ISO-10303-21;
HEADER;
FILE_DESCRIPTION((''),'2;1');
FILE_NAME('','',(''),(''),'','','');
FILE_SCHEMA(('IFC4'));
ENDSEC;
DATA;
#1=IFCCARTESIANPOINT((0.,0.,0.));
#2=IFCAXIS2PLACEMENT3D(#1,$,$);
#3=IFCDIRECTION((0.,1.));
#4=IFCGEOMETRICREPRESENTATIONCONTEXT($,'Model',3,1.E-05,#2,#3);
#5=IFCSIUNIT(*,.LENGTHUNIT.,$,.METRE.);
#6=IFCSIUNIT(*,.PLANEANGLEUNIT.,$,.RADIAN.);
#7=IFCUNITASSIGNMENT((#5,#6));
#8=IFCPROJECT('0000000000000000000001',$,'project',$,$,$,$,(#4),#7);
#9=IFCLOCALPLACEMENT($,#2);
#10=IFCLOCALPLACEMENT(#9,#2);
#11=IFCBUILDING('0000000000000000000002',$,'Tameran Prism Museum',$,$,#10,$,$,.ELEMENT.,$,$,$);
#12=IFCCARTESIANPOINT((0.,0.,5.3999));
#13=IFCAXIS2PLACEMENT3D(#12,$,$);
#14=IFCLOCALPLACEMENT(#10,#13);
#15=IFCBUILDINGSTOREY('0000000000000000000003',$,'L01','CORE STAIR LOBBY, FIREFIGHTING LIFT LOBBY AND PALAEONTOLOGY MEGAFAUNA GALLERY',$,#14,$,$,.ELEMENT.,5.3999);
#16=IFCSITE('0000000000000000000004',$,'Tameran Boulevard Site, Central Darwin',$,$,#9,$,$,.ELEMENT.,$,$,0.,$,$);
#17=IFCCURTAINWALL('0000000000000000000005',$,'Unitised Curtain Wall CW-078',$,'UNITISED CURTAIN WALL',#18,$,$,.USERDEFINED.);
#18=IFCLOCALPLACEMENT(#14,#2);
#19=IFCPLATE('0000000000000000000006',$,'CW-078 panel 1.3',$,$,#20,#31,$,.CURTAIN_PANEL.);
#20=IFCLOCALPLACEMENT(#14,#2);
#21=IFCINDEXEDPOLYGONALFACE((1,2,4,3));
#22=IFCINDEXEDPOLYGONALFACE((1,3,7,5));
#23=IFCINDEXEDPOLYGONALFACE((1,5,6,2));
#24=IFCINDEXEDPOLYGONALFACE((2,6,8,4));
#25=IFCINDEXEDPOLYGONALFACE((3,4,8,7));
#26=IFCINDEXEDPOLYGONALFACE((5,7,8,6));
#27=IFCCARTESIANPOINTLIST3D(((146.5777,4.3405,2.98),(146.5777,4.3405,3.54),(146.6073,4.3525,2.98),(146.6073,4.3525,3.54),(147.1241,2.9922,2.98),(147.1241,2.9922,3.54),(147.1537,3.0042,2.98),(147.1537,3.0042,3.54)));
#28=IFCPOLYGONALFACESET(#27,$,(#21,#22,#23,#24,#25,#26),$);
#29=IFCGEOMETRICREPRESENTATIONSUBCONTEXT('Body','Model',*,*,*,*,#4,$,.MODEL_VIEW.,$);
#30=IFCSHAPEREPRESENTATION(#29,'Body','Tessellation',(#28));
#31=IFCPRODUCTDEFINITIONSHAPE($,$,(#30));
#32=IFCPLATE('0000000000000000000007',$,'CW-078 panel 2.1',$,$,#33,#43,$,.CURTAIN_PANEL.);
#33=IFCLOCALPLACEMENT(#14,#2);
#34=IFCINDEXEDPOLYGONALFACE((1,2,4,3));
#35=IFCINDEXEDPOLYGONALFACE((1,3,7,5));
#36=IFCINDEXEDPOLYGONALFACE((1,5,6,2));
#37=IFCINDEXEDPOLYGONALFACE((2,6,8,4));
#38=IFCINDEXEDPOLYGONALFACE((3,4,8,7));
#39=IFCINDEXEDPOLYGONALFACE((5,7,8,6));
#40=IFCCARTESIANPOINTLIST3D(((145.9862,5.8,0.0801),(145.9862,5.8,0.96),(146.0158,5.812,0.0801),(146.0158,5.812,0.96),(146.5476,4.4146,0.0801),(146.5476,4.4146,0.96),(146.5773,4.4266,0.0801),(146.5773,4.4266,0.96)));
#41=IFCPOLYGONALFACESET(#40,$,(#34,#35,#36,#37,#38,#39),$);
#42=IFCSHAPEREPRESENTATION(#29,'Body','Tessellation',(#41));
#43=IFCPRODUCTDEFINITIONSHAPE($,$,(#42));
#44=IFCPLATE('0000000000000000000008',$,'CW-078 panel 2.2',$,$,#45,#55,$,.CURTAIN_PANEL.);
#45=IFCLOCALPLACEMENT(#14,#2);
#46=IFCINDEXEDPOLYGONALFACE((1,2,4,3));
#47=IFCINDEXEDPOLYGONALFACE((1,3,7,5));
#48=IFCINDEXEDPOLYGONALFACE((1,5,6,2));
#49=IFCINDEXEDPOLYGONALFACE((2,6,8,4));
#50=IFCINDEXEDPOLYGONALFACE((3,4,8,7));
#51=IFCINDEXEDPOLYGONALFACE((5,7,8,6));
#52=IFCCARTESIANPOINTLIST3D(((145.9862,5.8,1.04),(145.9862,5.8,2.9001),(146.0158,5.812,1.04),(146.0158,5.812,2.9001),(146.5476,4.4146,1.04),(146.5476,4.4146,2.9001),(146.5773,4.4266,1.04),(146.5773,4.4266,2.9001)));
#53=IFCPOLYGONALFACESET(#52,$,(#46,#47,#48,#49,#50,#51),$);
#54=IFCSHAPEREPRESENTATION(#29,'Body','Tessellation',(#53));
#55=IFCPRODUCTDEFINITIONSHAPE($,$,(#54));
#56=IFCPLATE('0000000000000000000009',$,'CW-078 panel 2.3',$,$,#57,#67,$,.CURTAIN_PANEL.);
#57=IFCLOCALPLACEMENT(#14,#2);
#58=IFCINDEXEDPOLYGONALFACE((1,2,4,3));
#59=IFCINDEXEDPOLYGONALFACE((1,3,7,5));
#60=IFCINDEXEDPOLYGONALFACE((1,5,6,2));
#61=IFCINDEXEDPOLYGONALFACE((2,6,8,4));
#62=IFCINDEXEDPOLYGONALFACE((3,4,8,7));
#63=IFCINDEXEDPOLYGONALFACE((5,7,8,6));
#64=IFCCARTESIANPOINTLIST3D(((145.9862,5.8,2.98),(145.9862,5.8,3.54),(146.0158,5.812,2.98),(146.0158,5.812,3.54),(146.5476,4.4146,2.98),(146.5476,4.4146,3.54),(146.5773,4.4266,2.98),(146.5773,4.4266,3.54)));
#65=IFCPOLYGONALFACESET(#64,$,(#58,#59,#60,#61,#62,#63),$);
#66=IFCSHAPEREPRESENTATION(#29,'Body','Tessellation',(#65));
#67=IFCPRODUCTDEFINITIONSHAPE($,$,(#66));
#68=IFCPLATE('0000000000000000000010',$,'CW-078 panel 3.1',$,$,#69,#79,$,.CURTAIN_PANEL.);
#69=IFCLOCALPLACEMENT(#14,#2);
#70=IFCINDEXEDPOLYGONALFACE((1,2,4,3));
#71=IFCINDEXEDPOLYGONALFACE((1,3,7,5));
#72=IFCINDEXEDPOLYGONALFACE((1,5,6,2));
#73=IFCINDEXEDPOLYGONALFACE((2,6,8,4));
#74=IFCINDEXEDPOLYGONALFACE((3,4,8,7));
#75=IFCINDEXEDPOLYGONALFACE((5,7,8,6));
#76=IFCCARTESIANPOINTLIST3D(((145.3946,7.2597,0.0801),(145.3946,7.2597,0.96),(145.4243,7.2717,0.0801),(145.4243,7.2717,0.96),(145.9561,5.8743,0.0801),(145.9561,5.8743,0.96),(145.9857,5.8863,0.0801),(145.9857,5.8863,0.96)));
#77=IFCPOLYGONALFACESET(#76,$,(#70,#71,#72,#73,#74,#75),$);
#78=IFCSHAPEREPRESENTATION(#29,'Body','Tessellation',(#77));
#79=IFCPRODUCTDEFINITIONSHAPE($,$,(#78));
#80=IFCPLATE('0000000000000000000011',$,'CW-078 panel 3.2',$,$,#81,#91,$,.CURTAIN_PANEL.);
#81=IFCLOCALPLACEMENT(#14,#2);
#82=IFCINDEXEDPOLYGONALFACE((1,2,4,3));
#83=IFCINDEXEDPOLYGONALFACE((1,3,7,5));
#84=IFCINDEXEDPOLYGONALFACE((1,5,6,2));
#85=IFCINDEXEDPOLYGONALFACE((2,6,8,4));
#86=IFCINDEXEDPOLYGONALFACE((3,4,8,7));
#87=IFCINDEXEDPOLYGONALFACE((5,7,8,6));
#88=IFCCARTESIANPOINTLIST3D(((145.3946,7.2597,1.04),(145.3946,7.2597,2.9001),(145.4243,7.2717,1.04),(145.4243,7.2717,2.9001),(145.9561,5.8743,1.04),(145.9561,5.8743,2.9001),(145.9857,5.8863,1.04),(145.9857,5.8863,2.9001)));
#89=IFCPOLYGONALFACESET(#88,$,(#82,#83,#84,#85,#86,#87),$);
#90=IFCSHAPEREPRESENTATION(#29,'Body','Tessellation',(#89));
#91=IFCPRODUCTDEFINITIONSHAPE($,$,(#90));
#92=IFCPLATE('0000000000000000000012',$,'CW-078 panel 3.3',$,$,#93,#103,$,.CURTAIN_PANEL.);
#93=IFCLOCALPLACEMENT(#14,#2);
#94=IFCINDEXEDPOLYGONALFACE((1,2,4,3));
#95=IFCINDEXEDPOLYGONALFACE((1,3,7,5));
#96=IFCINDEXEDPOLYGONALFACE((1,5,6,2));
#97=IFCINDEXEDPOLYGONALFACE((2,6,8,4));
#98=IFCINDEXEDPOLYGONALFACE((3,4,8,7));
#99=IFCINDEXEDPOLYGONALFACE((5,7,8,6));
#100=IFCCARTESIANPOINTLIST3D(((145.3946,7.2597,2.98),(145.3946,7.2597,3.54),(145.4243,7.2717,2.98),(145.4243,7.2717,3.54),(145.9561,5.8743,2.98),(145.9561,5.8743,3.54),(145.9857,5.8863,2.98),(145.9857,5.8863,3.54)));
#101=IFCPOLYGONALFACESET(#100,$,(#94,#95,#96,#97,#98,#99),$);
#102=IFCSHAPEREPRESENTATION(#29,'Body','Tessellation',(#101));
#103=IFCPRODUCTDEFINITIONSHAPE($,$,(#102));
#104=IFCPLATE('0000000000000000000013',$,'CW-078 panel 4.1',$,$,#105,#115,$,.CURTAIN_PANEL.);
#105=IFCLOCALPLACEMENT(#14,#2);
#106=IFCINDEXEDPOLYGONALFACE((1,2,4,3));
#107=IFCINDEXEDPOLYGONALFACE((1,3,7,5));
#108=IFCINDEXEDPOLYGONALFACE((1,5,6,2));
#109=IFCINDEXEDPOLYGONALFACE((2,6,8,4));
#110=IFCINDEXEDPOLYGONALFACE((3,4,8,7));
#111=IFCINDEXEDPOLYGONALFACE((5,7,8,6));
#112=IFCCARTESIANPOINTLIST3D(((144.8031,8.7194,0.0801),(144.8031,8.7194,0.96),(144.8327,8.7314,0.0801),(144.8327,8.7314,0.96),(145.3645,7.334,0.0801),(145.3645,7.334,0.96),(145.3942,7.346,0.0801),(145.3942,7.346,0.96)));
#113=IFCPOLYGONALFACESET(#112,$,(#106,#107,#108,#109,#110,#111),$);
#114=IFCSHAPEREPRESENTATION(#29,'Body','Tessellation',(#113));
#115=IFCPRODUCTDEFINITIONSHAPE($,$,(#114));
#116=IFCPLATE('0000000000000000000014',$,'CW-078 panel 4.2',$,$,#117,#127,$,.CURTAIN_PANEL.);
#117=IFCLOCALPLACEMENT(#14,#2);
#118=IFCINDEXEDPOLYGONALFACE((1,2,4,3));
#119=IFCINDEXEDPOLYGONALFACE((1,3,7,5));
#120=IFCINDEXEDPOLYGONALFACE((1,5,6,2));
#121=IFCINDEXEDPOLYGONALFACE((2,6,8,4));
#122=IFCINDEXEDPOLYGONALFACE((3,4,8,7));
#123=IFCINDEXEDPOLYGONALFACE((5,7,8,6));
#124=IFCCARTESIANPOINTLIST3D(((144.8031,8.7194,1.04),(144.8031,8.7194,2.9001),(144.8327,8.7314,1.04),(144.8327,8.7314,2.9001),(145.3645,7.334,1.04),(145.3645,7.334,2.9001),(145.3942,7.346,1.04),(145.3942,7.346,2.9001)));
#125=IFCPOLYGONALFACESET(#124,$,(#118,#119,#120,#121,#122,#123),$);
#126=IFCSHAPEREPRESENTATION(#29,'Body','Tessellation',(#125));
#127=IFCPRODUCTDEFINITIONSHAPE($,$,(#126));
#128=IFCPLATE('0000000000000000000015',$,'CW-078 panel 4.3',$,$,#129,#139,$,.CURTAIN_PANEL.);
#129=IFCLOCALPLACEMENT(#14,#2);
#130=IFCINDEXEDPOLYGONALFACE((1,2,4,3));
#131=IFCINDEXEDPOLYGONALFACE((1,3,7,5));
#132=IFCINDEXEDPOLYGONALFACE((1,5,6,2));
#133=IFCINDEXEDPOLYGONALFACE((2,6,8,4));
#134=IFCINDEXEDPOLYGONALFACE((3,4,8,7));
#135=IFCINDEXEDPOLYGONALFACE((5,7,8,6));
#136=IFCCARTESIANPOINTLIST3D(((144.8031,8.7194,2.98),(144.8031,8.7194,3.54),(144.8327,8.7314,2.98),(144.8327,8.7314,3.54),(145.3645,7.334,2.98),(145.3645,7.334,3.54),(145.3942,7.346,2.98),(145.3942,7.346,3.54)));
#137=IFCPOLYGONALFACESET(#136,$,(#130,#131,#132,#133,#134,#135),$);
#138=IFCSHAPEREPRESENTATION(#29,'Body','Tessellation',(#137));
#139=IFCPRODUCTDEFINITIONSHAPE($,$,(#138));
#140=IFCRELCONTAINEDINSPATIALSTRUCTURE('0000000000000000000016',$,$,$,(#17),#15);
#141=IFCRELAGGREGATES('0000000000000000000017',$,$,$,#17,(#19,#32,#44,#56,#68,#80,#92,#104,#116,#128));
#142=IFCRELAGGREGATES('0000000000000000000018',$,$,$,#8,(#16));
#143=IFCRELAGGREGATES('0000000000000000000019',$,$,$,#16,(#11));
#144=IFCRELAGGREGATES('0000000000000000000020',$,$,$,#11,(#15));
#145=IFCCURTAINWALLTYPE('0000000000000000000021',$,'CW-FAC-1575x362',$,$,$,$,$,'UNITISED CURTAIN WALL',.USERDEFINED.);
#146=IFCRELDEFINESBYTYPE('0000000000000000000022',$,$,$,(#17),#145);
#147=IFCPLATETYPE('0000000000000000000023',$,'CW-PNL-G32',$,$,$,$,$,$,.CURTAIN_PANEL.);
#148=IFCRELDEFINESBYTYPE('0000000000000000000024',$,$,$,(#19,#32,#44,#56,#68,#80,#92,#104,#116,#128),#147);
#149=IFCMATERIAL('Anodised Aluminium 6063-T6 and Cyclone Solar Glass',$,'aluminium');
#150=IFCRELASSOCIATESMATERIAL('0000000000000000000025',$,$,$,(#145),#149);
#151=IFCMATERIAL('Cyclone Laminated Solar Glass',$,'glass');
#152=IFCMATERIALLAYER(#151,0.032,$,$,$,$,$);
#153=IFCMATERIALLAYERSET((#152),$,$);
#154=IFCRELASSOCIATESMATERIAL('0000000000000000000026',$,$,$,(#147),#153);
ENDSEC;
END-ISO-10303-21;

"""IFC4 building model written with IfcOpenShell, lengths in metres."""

from ifc_helpers import new_model, si_unit, direction, frame, origin, origin_2d, place, context, subcontext, project, spatial, rectangle, extrude, material, layer, layer_set, type_object, element, aggregate, save


model = new_model("IFC4")

# Units and contexts
model_context = context("Model", 3, precision=1e-05, world=origin(), true_north=direction((0.0, 1.0)))
body_context = subcontext(model_context, "Body", "Model", "MODEL_VIEW")
ifc_project = project(units=[si_unit("LENGTHUNIT", "METRE"), si_unit("PLANEANGLEUNIT", "RADIAN")], contexts=[model_context])

# Site, building, storey
site_placement = place(None, origin())
site = spatial("IfcSite", under=ifc_project, at=site_placement, Name="Tameran Boulevard Site, Central Darwin", CompositionType="ELEMENT", RefElevation=0.0)
building_placement = place(site_placement, origin())
building = spatial("IfcBuilding", under=site, at=building_placement, Name="Tameran Prism Museum", CompositionType="ELEMENT")
storey_placement = place(building_placement, frame((0.0, 0.0, 5.3999)))
storey = spatial("IfcBuildingStorey", under=building, at=storey_placement, Name="L01", Description="CORE STAIR LOBBY, FIREFIGHTING LIFT LOBBY AND PALAEONTOLOGY MEGAFAUNA GALLERY", CompositionType="ELEMENT", Elevation=5.3999)

# Curtain wall, plates
ifc_material_1 = material(Name="Anodised Aluminium 6063-T6 and Cyclone Solar Glass", Category="aluminium")
curtain_wall_type = type_object("IfcCurtainWallType", Name="CW-FAC-1575x362", ElementType="UNITISED CURTAIN WALL", PredefinedType="USERDEFINED", material=ifc_material_1)
curtain_wall_placement = place(storey_placement, origin())
curtain_wall = element("IfcCurtainWall", 1, at=curtain_wall_placement, inside=storey, type_object=curtain_wall_type, Name="Unitised Curtain Wall CW-078", ObjectType="UNITISED CURTAIN WALL", PredefinedType="USERDEFINED")
ifc_material_2 = material(Name="Cyclone Laminated Solar Glass", Category="glass")
ifc_layer = layer(ifc_material_2, 0.032)
ifc_layer_set = layer_set([ifc_layer])
plate_type = type_object("IfcPlateType", Name="CW-PNL-G32", PredefinedType="CURTAIN_PANEL", material=ifc_layer_set)
plate_1_placement = place(storey_placement, frame((146.8657, 3.6724, 2.98), z_axis=(0.0, 0.0, 1.0), x_axis=(-0.37558, 0.92679, 0.0)))
plate_1 = element("IfcPlate", 2, at=plate_1_placement, type_object=plate_type, Name="CW-078 panel 1.3", PredefinedType="CURTAIN_PANEL", context=body_context, shape_type="SweptSolid", body=[
    extrude(rectangle(XDim=1.4548, YDim=0.032, at=origin_2d()), origin(), (0.0, 0.0, 1.0), 0.5601),
])
plate_2_placement = place(storey_placement, frame((146.2817, 5.1133, 0.0801), z_axis=(0.0, 0.0, 1.0), x_axis=(-0.37558, 0.92679, 0.0)))
plate_2 = element("IfcPlate", 3, at=plate_2_placement, type_object=plate_type, Name="CW-078 panel 2.1", PredefinedType="CURTAIN_PANEL", context=body_context, shape_type="SweptSolid", body=[
    extrude(rectangle(XDim=1.4949, YDim=0.032, at=origin_2d()), origin(), (0.0, 0.0, 1.0), 0.8799),
])
plate_3_placement = place(storey_placement, frame((146.2817, 5.1133, 1.04), z_axis=(0.0, 0.0, 1.0), x_axis=(-0.37558, 0.92679, 0.0)))
plate_3 = element("IfcPlate", 4, at=plate_3_placement, type_object=plate_type, Name="CW-078 panel 2.2", PredefinedType="CURTAIN_PANEL", context=body_context, shape_type="SweptSolid", body=[
    extrude(rectangle(XDim=1.4949, YDim=0.032, at=origin_2d()), origin(), (0.0, 0.0, 1.0), 1.8601),
])
plate_4_placement = place(storey_placement, frame((146.2817, 5.1133, 2.98), z_axis=(0.0, 0.0, 1.0), x_axis=(-0.37558, 0.92679, 0.0)))
plate_4 = element("IfcPlate", 5, at=plate_4_placement, type_object=plate_type, Name="CW-078 panel 2.3", PredefinedType="CURTAIN_PANEL", context=body_context, shape_type="SweptSolid", body=[
    extrude(rectangle(XDim=1.4949, YDim=0.032, at=origin_2d()), origin(), (0.0, 0.0, 1.0), 0.5601),
])
plate_5_placement = place(storey_placement, frame((145.6902, 6.573, 0.0801), z_axis=(0.0, 0.0, 1.0), x_axis=(-0.37558, 0.92679, 0.0)))
plate_5 = element("IfcPlate", 6, at=plate_5_placement, type_object=plate_type, Name="CW-078 panel 3.1", PredefinedType="CURTAIN_PANEL", context=body_context, shape_type="SweptSolid", body=[
    extrude(rectangle(XDim=1.4949, YDim=0.032, at=origin_2d()), origin(), (0.0, 0.0, 1.0), 0.8799),
])
plate_6_placement = place(storey_placement, frame((145.6902, 6.573, 1.04), z_axis=(0.0, 0.0, 1.0), x_axis=(-0.37558, 0.92679, 0.0)))
plate_6 = element("IfcPlate", 7, at=plate_6_placement, type_object=plate_type, Name="CW-078 panel 3.2", PredefinedType="CURTAIN_PANEL", context=body_context, shape_type="SweptSolid", body=[
    extrude(rectangle(XDim=1.4949, YDim=0.032, at=origin_2d()), origin(), (0.0, 0.0, 1.0), 1.8601),
])
plate_7_placement = place(storey_placement, frame((145.6902, 6.573, 2.98), z_axis=(0.0, 0.0, 1.0), x_axis=(-0.37558, 0.92679, 0.0)))
plate_7 = element("IfcPlate", 8, at=plate_7_placement, type_object=plate_type, Name="CW-078 panel 3.3", PredefinedType="CURTAIN_PANEL", context=body_context, shape_type="SweptSolid", body=[
    extrude(rectangle(XDim=1.4949, YDim=0.032, at=origin_2d()), origin(), (0.0, 0.0, 1.0), 0.5601),
])
plate_8_placement = place(storey_placement, frame((145.0986, 8.0327, 0.0801), z_axis=(0.0, 0.0, 1.0), x_axis=(-0.37558, 0.92679, 0.0)))
plate_8 = element("IfcPlate", 9, at=plate_8_placement, type_object=plate_type, Name="CW-078 panel 4.1", PredefinedType="CURTAIN_PANEL", context=body_context, shape_type="SweptSolid", body=[
    extrude(rectangle(XDim=1.4949, YDim=0.032, at=origin_2d()), origin(), (0.0, 0.0, 1.0), 0.8799),
])
plate_9_placement = place(storey_placement, frame((145.0986, 8.0327, 1.04), z_axis=(0.0, 0.0, 1.0), x_axis=(-0.37558, 0.92679, 0.0)))
plate_9 = element("IfcPlate", 10, at=plate_9_placement, type_object=plate_type, Name="CW-078 panel 4.2", PredefinedType="CURTAIN_PANEL", context=body_context, shape_type="SweptSolid", body=[
    extrude(rectangle(XDim=1.4949, YDim=0.032, at=origin_2d()), origin(), (0.0, 0.0, 1.0), 1.8601),
])
plate_10_placement = place(storey_placement, frame((145.0986, 8.0327, 2.98), z_axis=(0.0, 0.0, 1.0), x_axis=(-0.37558, 0.92679, 0.0)))
plate_10 = element("IfcPlate", 11, at=plate_10_placement, type_object=plate_type, Name="CW-078 panel 4.3", PredefinedType="CURTAIN_PANEL", context=body_context, shape_type="SweptSolid", body=[
    extrude(rectangle(XDim=1.4949, YDim=0.032, at=origin_2d()), origin(), (0.0, 0.0, 1.0), 0.5601),
])
aggregate(curtain_wall, [plate_1, plate_2, plate_3, plate_4, plate_5, plate_6, plate_7, plate_8, plate_9, plate_10])

save(model, "model.ifc")
